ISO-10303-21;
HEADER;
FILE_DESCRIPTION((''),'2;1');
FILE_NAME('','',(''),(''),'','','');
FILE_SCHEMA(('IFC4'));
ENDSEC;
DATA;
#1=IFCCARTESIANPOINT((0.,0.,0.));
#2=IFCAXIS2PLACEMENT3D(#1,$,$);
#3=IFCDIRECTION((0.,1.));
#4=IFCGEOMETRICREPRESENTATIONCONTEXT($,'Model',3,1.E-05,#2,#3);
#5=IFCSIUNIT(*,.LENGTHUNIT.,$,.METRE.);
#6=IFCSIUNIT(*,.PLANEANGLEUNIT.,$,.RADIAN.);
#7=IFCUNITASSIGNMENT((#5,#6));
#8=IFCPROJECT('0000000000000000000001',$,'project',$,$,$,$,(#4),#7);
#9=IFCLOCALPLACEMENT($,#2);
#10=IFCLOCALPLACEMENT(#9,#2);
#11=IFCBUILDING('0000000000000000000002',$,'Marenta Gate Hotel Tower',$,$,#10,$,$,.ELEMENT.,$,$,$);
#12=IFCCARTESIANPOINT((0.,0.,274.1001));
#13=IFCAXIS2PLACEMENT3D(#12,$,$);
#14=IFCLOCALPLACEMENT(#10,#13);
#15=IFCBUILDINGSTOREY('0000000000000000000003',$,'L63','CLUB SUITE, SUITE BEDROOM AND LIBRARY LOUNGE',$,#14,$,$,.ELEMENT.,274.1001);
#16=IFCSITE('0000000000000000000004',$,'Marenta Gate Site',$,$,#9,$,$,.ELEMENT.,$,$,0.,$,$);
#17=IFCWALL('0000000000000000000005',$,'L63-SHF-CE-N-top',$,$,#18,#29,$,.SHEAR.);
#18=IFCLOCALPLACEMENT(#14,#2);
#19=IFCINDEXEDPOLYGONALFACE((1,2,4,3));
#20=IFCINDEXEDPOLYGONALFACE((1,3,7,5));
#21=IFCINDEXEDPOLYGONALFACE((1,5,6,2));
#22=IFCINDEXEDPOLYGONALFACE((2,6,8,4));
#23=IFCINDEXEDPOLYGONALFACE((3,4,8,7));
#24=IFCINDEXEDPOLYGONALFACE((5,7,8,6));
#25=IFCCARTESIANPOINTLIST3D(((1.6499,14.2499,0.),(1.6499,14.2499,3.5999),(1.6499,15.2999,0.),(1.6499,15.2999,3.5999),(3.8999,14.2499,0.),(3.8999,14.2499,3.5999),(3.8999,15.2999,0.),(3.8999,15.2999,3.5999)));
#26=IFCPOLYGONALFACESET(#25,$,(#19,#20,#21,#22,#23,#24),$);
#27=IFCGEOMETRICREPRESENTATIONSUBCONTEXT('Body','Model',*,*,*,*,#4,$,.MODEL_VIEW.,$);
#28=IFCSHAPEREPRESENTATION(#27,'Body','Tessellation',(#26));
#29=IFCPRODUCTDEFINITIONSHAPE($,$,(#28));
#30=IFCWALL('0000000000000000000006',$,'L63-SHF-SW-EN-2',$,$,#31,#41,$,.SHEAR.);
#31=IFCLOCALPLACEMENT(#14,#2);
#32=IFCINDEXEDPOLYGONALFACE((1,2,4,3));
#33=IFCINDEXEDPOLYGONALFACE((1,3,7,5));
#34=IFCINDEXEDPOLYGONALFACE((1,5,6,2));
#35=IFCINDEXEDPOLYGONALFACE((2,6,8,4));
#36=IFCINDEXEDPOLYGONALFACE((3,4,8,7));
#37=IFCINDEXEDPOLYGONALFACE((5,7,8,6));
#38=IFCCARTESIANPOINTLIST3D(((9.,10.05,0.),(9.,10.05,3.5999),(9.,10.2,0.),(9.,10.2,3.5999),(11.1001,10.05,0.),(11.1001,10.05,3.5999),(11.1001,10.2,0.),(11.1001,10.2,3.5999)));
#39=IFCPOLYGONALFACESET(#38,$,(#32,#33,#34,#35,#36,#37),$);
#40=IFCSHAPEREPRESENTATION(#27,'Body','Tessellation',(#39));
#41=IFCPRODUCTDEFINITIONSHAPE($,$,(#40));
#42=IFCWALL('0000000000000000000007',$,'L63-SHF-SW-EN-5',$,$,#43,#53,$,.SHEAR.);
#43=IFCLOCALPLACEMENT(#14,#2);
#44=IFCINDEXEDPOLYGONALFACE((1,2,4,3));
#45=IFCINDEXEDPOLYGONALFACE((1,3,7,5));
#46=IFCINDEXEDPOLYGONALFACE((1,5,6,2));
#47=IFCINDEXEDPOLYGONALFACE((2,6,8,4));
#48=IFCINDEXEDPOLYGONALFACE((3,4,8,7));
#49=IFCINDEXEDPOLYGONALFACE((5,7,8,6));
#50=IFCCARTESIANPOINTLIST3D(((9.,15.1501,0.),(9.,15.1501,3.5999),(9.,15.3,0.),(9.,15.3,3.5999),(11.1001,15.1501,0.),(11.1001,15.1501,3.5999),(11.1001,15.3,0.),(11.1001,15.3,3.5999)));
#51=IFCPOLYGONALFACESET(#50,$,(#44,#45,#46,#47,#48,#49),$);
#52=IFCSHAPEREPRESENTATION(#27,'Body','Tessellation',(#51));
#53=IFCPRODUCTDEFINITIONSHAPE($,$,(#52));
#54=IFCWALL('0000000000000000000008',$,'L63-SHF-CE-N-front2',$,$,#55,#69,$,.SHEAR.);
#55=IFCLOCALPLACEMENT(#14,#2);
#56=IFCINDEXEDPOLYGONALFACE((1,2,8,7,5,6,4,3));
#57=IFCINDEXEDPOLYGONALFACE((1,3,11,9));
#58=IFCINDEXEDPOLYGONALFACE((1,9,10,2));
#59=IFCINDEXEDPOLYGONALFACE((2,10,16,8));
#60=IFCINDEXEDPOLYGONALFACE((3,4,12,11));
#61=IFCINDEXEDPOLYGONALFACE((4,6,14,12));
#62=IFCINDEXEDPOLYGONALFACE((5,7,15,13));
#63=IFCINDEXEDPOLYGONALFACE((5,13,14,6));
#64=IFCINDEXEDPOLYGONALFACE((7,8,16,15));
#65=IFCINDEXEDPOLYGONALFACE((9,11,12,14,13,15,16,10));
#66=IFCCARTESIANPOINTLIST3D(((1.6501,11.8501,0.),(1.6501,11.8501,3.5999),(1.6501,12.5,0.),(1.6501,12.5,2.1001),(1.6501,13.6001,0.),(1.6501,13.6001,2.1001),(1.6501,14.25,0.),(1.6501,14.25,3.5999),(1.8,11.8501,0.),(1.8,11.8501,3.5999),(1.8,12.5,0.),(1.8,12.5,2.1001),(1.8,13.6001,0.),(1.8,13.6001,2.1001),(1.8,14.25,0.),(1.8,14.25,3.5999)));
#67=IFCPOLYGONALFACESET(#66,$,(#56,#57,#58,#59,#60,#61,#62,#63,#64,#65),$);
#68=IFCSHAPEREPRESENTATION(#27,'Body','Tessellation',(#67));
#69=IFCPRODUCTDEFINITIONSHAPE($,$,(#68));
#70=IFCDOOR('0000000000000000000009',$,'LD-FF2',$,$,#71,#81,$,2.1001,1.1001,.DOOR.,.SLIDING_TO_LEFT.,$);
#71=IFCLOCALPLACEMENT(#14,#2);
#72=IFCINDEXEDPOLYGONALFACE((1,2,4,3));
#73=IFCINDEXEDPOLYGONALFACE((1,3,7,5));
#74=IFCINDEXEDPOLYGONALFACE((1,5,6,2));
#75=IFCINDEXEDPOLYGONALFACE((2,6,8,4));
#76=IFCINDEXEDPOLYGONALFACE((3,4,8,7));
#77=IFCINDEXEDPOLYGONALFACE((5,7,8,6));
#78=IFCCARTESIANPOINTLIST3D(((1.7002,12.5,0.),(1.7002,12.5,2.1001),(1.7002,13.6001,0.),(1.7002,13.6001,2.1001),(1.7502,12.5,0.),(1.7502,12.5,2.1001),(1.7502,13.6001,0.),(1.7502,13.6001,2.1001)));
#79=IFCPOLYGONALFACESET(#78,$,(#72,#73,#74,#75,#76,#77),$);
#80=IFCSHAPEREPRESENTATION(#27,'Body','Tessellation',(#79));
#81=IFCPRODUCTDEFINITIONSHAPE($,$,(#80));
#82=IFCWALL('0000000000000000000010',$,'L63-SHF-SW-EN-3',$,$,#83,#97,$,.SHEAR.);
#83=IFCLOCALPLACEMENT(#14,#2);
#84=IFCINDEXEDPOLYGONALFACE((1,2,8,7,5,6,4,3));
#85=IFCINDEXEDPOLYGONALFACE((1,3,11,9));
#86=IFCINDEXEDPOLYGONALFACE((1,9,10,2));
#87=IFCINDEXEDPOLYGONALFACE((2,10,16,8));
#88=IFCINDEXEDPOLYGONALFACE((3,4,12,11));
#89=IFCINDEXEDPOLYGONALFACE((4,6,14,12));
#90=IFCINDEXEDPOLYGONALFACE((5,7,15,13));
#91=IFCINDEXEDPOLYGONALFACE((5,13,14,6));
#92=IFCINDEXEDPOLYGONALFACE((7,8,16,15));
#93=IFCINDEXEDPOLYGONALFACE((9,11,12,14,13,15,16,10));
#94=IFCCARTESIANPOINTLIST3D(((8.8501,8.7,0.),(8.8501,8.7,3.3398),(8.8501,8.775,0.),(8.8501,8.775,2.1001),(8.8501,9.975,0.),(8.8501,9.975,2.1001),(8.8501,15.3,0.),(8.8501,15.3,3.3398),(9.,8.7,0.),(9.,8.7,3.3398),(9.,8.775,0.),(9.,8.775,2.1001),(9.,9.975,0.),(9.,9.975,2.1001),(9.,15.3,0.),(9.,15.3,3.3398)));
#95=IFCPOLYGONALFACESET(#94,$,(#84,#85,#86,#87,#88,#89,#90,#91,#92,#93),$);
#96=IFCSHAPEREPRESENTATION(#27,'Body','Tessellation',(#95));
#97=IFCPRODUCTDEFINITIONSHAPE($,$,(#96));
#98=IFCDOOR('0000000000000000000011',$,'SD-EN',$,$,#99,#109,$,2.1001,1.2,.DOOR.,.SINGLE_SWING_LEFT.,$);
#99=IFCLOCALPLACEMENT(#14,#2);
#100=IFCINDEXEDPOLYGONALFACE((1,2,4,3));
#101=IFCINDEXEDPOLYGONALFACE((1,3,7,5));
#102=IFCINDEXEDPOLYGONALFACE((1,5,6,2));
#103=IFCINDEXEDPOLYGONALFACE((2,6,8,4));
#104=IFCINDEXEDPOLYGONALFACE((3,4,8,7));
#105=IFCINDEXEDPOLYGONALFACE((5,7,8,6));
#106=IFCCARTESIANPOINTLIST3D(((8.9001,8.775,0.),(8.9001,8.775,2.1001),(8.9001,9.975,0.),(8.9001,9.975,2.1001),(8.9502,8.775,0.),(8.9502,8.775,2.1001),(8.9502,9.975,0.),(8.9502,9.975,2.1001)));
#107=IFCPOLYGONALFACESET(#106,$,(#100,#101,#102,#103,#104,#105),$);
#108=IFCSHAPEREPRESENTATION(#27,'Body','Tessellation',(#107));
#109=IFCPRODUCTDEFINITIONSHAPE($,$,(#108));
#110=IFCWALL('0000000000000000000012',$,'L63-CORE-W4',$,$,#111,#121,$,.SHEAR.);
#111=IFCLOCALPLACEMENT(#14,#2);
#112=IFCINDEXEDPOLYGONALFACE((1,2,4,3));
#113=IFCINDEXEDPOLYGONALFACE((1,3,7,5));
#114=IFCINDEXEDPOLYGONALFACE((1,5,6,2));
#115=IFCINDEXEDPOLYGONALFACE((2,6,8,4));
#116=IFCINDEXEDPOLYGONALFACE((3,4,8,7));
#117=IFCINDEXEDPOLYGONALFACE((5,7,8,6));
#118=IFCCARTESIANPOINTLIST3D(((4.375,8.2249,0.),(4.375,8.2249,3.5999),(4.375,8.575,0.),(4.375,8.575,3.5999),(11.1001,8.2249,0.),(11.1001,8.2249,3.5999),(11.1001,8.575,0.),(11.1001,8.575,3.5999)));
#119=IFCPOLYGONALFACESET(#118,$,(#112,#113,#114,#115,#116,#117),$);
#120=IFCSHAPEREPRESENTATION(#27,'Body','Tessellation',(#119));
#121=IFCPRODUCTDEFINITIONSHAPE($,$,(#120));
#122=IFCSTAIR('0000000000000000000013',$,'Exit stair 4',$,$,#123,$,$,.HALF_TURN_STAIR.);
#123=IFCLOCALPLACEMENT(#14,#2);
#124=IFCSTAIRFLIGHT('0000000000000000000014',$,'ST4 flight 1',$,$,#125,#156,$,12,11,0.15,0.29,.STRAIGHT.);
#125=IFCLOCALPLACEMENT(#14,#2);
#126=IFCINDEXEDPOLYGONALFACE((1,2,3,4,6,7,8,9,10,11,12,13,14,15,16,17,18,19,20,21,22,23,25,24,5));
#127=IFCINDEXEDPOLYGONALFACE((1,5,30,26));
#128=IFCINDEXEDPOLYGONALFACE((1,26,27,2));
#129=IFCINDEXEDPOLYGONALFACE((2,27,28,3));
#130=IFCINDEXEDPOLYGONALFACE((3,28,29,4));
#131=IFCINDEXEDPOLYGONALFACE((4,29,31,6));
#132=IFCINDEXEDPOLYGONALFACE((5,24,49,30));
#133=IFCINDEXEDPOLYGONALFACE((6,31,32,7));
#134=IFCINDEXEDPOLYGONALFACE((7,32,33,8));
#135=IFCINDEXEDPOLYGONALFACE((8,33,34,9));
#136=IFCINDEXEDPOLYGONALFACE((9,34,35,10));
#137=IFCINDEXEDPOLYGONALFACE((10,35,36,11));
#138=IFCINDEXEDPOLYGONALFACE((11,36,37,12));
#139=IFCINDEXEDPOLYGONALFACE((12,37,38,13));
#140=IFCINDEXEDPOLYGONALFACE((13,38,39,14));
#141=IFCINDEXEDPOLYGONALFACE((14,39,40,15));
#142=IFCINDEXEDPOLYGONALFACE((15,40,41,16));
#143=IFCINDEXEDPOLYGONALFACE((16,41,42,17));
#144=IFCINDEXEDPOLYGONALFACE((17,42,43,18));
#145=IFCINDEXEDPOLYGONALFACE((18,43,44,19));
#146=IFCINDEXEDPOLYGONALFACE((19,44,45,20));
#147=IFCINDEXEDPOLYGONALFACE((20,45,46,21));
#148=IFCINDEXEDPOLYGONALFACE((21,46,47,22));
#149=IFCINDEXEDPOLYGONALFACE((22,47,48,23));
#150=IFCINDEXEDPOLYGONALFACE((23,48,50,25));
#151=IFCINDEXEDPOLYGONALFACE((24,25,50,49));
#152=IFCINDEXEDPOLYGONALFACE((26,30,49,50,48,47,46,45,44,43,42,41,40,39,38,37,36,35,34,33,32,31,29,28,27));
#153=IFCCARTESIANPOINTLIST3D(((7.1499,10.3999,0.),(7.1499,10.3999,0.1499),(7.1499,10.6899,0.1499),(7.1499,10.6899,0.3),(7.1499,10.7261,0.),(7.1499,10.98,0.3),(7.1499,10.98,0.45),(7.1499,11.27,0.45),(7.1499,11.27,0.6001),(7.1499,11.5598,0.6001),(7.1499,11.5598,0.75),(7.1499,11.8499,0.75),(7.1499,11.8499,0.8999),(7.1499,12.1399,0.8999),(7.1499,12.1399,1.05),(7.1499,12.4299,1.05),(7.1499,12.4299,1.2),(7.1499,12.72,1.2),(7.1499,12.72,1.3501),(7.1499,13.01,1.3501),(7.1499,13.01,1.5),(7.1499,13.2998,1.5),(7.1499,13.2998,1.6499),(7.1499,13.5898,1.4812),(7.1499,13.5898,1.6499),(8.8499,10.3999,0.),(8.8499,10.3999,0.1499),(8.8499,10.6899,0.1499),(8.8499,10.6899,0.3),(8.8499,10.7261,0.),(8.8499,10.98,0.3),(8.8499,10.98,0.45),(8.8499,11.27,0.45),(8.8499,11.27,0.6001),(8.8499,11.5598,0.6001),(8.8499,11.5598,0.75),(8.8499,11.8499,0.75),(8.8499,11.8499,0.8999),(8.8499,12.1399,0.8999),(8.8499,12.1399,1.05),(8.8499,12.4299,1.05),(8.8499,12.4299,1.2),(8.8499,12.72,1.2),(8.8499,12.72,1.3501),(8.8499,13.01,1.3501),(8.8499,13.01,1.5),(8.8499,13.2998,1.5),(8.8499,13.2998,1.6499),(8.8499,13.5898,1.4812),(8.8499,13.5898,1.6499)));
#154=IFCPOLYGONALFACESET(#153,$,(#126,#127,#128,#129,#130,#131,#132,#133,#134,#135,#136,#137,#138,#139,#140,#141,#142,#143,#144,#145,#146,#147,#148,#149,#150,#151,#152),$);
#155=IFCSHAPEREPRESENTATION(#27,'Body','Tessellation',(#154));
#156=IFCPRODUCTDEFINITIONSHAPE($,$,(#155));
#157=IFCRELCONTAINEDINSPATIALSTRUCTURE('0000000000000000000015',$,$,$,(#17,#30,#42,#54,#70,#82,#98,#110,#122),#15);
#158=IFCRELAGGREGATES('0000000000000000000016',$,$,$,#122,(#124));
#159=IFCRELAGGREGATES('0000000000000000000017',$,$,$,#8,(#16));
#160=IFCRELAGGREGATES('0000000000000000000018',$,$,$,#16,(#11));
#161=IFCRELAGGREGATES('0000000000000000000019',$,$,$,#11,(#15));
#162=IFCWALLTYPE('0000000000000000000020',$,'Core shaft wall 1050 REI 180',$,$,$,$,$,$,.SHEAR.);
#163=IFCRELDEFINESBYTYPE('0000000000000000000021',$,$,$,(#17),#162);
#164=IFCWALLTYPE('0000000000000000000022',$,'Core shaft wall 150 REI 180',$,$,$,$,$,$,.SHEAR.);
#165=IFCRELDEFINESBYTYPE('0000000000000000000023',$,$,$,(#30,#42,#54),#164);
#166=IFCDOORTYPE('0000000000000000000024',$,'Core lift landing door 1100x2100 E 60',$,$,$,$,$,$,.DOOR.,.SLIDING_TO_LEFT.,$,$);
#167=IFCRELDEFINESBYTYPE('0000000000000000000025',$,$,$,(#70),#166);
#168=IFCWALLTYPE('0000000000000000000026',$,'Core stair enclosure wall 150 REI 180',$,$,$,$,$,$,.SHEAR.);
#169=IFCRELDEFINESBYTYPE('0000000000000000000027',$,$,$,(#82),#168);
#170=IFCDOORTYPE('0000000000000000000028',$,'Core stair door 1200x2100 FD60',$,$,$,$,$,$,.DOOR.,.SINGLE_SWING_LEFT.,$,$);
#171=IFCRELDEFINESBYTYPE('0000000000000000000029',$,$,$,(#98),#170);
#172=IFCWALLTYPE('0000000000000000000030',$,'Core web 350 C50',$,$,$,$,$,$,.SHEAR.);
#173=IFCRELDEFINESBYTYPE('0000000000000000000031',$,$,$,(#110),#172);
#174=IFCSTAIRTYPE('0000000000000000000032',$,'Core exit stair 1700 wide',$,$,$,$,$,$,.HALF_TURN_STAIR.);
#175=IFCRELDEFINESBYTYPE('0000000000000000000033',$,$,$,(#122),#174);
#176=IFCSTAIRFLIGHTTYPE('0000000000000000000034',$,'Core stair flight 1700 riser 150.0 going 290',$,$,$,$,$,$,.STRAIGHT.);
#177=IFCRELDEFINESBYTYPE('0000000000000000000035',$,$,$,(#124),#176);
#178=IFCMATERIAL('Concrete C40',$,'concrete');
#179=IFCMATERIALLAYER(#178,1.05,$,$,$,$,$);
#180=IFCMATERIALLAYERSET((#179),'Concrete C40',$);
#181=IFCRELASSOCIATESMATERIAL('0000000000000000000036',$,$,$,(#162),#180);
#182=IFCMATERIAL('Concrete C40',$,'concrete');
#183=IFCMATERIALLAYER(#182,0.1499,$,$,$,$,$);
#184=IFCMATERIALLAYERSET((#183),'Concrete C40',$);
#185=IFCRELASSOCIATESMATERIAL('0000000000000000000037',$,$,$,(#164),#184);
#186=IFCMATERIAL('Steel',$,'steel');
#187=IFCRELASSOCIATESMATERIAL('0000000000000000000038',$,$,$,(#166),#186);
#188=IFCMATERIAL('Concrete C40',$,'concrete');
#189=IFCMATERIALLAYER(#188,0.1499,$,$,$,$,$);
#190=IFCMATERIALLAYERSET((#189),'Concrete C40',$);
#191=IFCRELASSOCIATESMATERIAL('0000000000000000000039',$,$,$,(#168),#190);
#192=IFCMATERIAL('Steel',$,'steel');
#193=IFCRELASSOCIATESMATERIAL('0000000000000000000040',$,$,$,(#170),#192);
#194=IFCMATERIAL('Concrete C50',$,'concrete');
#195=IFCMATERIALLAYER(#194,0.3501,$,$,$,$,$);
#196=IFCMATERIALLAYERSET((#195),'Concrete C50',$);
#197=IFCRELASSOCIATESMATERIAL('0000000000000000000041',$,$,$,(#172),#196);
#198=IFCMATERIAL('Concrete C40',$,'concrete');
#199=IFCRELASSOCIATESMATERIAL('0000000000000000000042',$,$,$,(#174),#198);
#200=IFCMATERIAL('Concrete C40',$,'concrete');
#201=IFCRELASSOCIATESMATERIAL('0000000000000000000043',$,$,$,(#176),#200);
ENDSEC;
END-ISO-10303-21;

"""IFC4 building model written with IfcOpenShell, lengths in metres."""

from ifc_helpers import new_model, si_unit, direction, frame, frame_2d, origin, place, context, subcontext, project, spatial, polyline, rectangle, outline, extrude, material, layer, layer_set, type_object, element, fill, aggregate, save


model = new_model("IFC4")

# Units and contexts
model_context = context("Model", 3, precision=1e-05, world=origin(), true_north=direction((0.0, 1.0)))
body_context = subcontext(model_context, "Body", "Model", "MODEL_VIEW")
ifc_project = project(units=[si_unit("LENGTHUNIT", "METRE"), si_unit("PLANEANGLEUNIT", "RADIAN")], contexts=[model_context])

# Site, building, storey
site_placement = place(None, origin())
site = spatial("IfcSite", under=ifc_project, at=site_placement, Name="Marenta Gate Site", CompositionType="ELEMENT", RefElevation=0.0)
building_placement = place(site_placement, origin())
building = spatial("IfcBuilding", under=site, at=building_placement, Name="Marenta Gate Hotel Tower", CompositionType="ELEMENT")
storey_placement = place(building_placement, frame((0.0, 0.0, 274.1001)))
storey = spatial("IfcBuildingStorey", under=building, at=storey_placement, Name="L63", Description="CLUB SUITE, SUITE BEDROOM AND LIBRARY LOUNGE", CompositionType="ELEMENT", Elevation=274.1001)

# Walls
ifc_material_1 = material(Name="Concrete C40", Category="concrete")
ifc_layer_1 = layer(ifc_material_1, 1.05)
ifc_layer_set_1 = layer_set([ifc_layer_1], Name="Concrete C40")
wall_type_1 = type_object("IfcWallType", Name="Core shaft wall 1050 REI 180", PredefinedType="SHEAR", material=ifc_layer_set_1)
wall_1_placement = place(storey_placement, frame((1.6499, 14.7749, 0.0), z_axis=(0.0, 0.0, 1.0), x_axis=(1.0, 0.0, 0.0)))
element("IfcWall", 1, at=wall_1_placement, inside=storey, type_object=wall_type_1, Name="L63-SHF-CE-N-top", PredefinedType="SHEAR", context=body_context, shape_type="SweptSolid", body=[
    extrude(rectangle(XDim=2.25, YDim=1.05, at=frame_2d((1.125, 0.0))), origin(), (0.0, 0.0, 1.0), 3.5999),
])
ifc_material_2 = material(Name="Concrete C40", Category="concrete")
ifc_layer_2 = layer(ifc_material_2, 0.1499)
ifc_layer_set_2 = layer_set([ifc_layer_2], Name="Concrete C40")
wall_type_2 = type_object("IfcWallType", Name="Core shaft wall 150 REI 180", PredefinedType="SHEAR", material=ifc_layer_set_2)
for number, where, z_axis, x_axis, name in (
    (2, (9.0, 10.125, 0.0), (0.0, 0.0, 1.0), (1.0, 0.0, 0.0), "L63-SHF-SW-EN-2"),
    (3, (9.0, 15.2251, 0.0), (0.0, 0.0, 1.0), (1.0, 0.0, 0.0), "L63-SHF-SW-EN-5"),
):
    element("IfcWall", number, at=place(storey_placement, frame(where, z_axis=z_axis, x_axis=x_axis)), inside=storey, type_object=wall_type_2, Name=name, PredefinedType="SHEAR", context=body_context, shape_type="SweptSolid", body=[
        extrude(rectangle(XDim=2.1001, YDim=0.1499, at=frame_2d((1.05, 0.0))), origin(), (0.0, 0.0, 1.0), 3.5999),
    ])

# Walls, openings, doors
wall_2_placement = place(storey_placement, frame((1.7251, 11.8501, 0.0), z_axis=(0.0, 0.0, 1.0), x_axis=(0.0, 1.0, 0.0)))
wall_2 = element("IfcWall", 4, at=wall_2_placement, inside=storey, type_object=wall_type_2, Name="L63-SHF-CE-N-front2", PredefinedType="SHEAR", context=body_context, shape_type="SweptSolid", body=[
    extrude(rectangle(XDim=2.3999, YDim=0.1499, at=frame_2d((1.2, 0.0))), origin(), (0.0, 0.0, 1.0), 3.5999),
])
opening_1_placement = place(wall_2_placement, frame((0.6499, 0.0, 0.0)))
opening_1 = element("IfcOpeningElement", 5, at=opening_1_placement, cuts=wall_2, PredefinedType="OPENING", context=body_context, shape_type="SweptSolid", body=[
    extrude(rectangle(XDim=1.1001, YDim=2.1001, at=frame_2d((0.55, 1.05))), frame((0.0, 0.075, 0.0), z_axis=(0.0, -1.0, 0.0), x_axis=(1.0, 0.0, 0.0)), (0.0, 0.0, 1.0), 0.1499),
])
ifc_material_3 = material(Name="Steel", Category="steel")
door_type_1 = type_object("IfcDoorType", Name="Core lift landing door 1100x2100 E 60", OperationType="SLIDING_TO_LEFT", PredefinedType="DOOR", material=ifc_material_3)
door_1_placement = place(opening_1_placement, origin())
door_1 = element("IfcDoor", 6, at=door_1_placement, inside=storey, type_object=door_type_1, Name="LD-FF2", OperationType="SLIDING_TO_LEFT", OverallHeight=2.1001, OverallWidth=1.1001, PredefinedType="DOOR", context=body_context, shape_type="SweptSolid", body=[
    extrude(rectangle(XDim=1.1001, YDim=2.1001, at=frame_2d((0.55, 1.05))), frame((0.0, 0.0249, 0.0), z_axis=(0.0, -1.0, 0.0), x_axis=(1.0, 0.0, 0.0)), (0.0, 0.0, 1.0), 0.05),
])
fill(opening_1, door_1)
ifc_material_4 = material(Name="Concrete C40", Category="concrete")
ifc_layer_3 = layer(ifc_material_4, 0.1499)
ifc_layer_set_3 = layer_set([ifc_layer_3], Name="Concrete C40")
wall_type_3 = type_object("IfcWallType", Name="Core stair enclosure wall 150 REI 180", PredefinedType="SHEAR", material=ifc_layer_set_3)
wall_3_placement = place(storey_placement, frame((8.925, 8.7, 0.0), z_axis=(0.0, 0.0, 1.0), x_axis=(0.0, 1.0, 0.0)))
wall_3 = element("IfcWall", 7, at=wall_3_placement, inside=storey, type_object=wall_type_3, Name="L63-SHF-SW-EN-3", PredefinedType="SHEAR", context=body_context, shape_type="SweptSolid", body=[
    extrude(rectangle(XDim=6.6001, YDim=0.1499, at=frame_2d((3.3, 0.0))), origin(), (0.0, 0.0, 1.0), 3.3398),
])
opening_2_placement = place(wall_3_placement, frame((0.075, 0.0, 0.0)))
opening_2 = element("IfcOpeningElement", 8, at=opening_2_placement, cuts=wall_3, PredefinedType="OPENING", context=body_context, shape_type="SweptSolid", body=[
    extrude(rectangle(XDim=1.2, YDim=2.1001, at=frame_2d((0.6001, 1.05))), frame((0.0, 0.075, 0.0), z_axis=(0.0, -1.0, 0.0), x_axis=(1.0, 0.0, 0.0)), (0.0, 0.0, 1.0), 0.1499),
])
ifc_material_5 = material(Name="Steel", Category="steel")
door_type_2 = type_object("IfcDoorType", Name="Core stair door 1200x2100 FD60", OperationType="SINGLE_SWING_LEFT", PredefinedType="DOOR", material=ifc_material_5)
door_2_placement = place(opening_2_placement, origin())
door_2 = element("IfcDoor", 9, at=door_2_placement, inside=storey, type_object=door_type_2, Name="SD-EN", OperationType="SINGLE_SWING_LEFT", OverallHeight=2.1001, OverallWidth=1.2, PredefinedType="DOOR", context=body_context, shape_type="SweptSolid", body=[
    extrude(rectangle(XDim=1.2, YDim=2.1001, at=frame_2d((0.6001, 1.05))), frame((0.0, 0.0249, 0.0), z_axis=(0.0, -1.0, 0.0), x_axis=(1.0, 0.0, 0.0)), (0.0, 0.0, 1.0), 0.05),
])
fill(opening_2, door_2)

# Wall
ifc_material_6 = material(Name="Concrete C50", Category="concrete")
ifc_layer_4 = layer(ifc_material_6, 0.3501)
ifc_layer_set_4 = layer_set([ifc_layer_4], Name="Concrete C50")
wall_type_4 = type_object("IfcWallType", Name="Core web 350 C50", PredefinedType="SHEAR", material=ifc_layer_set_4)
wall_4_placement = place(storey_placement, frame((4.375, 8.3999, 0.0), z_axis=(0.0, 0.0, 1.0), x_axis=(1.0, 0.0, 0.0)))
element("IfcWall", 10, at=wall_4_placement, inside=storey, type_object=wall_type_4, Name="L63-CORE-W4", PredefinedType="SHEAR", context=body_context, shape_type="SweptSolid", body=[
    extrude(rectangle(XDim=6.7251, YDim=0.3501, at=frame_2d((3.3625, 0.0))), origin(), (0.0, 0.0, 1.0), 3.5999),
])

# Stair, stair flight
ifc_material_7 = material(Name="Concrete C40", Category="concrete")
stair_type = type_object("IfcStairType", Name="Core exit stair 1700 wide", PredefinedType="HALF_TURN_STAIR", material=ifc_material_7)
stair_placement = place(storey_placement, origin())
stair = element("IfcStair", 11, at=stair_placement, inside=storey, type_object=stair_type, Name="Exit stair 4", PredefinedType="HALF_TURN_STAIR")
ifc_material_8 = material(Name="Concrete C40", Category="concrete")
stair_flight_type = type_object("IfcStairFlightType", Name="Core stair flight 1700 riser 150.0 going 290", PredefinedType="STRAIGHT", material=ifc_material_8)
stair_flight_1_placement = place(storey_placement, frame((8.0, 10.3999, 0.0), z_axis=(0.0, 0.0, 1.0), x_axis=(0.0, 1.0, 0.0)))
stair_flight_1 = element("IfcStairFlight", 12, at=stair_flight_1_placement, type_object=stair_flight_type, Name="ST4 flight 1", NumberOfRisers=12, NumberOfTreads=11, PredefinedType="STRAIGHT", RiserHeight=0.15, TreadLength=0.29, context=body_context, shape_type="SweptSolid", body=[
    extrude(outline(polyline([(0.0, 0.0), (0.0, 0.1499), (0.29, 0.1499), (0.29, 0.3), (0.5801, 0.3), (0.5801, 0.45), (0.8701, 0.45), (0.8701, 0.6001), (1.1599, 0.6001), (1.1599, 0.75), (1.45, 0.75), (1.45, 0.8999), (1.74, 0.8999), (1.74, 1.05), (2.03, 1.05), (2.03, 1.2), (2.3201, 1.2), (2.3201, 1.3501), (2.6101, 1.3501), (2.6101, 1.5), (2.8999, 1.5), (2.8999, 1.6499), (3.1899, 1.6499), (3.1899, 1.8), (3.1899, 1.4812), (0.3262, 0.0), (0.0, 0.0)])), frame((0.0, 0.8501, 0.0), z_axis=(0.0, -1.0, 0.0), x_axis=(1.0, 0.0, 0.0)), (0.0, 0.0, 1.0), 1.7),
])
aggregate(stair, [stair_flight_1])

save(model, "model.ifc")
